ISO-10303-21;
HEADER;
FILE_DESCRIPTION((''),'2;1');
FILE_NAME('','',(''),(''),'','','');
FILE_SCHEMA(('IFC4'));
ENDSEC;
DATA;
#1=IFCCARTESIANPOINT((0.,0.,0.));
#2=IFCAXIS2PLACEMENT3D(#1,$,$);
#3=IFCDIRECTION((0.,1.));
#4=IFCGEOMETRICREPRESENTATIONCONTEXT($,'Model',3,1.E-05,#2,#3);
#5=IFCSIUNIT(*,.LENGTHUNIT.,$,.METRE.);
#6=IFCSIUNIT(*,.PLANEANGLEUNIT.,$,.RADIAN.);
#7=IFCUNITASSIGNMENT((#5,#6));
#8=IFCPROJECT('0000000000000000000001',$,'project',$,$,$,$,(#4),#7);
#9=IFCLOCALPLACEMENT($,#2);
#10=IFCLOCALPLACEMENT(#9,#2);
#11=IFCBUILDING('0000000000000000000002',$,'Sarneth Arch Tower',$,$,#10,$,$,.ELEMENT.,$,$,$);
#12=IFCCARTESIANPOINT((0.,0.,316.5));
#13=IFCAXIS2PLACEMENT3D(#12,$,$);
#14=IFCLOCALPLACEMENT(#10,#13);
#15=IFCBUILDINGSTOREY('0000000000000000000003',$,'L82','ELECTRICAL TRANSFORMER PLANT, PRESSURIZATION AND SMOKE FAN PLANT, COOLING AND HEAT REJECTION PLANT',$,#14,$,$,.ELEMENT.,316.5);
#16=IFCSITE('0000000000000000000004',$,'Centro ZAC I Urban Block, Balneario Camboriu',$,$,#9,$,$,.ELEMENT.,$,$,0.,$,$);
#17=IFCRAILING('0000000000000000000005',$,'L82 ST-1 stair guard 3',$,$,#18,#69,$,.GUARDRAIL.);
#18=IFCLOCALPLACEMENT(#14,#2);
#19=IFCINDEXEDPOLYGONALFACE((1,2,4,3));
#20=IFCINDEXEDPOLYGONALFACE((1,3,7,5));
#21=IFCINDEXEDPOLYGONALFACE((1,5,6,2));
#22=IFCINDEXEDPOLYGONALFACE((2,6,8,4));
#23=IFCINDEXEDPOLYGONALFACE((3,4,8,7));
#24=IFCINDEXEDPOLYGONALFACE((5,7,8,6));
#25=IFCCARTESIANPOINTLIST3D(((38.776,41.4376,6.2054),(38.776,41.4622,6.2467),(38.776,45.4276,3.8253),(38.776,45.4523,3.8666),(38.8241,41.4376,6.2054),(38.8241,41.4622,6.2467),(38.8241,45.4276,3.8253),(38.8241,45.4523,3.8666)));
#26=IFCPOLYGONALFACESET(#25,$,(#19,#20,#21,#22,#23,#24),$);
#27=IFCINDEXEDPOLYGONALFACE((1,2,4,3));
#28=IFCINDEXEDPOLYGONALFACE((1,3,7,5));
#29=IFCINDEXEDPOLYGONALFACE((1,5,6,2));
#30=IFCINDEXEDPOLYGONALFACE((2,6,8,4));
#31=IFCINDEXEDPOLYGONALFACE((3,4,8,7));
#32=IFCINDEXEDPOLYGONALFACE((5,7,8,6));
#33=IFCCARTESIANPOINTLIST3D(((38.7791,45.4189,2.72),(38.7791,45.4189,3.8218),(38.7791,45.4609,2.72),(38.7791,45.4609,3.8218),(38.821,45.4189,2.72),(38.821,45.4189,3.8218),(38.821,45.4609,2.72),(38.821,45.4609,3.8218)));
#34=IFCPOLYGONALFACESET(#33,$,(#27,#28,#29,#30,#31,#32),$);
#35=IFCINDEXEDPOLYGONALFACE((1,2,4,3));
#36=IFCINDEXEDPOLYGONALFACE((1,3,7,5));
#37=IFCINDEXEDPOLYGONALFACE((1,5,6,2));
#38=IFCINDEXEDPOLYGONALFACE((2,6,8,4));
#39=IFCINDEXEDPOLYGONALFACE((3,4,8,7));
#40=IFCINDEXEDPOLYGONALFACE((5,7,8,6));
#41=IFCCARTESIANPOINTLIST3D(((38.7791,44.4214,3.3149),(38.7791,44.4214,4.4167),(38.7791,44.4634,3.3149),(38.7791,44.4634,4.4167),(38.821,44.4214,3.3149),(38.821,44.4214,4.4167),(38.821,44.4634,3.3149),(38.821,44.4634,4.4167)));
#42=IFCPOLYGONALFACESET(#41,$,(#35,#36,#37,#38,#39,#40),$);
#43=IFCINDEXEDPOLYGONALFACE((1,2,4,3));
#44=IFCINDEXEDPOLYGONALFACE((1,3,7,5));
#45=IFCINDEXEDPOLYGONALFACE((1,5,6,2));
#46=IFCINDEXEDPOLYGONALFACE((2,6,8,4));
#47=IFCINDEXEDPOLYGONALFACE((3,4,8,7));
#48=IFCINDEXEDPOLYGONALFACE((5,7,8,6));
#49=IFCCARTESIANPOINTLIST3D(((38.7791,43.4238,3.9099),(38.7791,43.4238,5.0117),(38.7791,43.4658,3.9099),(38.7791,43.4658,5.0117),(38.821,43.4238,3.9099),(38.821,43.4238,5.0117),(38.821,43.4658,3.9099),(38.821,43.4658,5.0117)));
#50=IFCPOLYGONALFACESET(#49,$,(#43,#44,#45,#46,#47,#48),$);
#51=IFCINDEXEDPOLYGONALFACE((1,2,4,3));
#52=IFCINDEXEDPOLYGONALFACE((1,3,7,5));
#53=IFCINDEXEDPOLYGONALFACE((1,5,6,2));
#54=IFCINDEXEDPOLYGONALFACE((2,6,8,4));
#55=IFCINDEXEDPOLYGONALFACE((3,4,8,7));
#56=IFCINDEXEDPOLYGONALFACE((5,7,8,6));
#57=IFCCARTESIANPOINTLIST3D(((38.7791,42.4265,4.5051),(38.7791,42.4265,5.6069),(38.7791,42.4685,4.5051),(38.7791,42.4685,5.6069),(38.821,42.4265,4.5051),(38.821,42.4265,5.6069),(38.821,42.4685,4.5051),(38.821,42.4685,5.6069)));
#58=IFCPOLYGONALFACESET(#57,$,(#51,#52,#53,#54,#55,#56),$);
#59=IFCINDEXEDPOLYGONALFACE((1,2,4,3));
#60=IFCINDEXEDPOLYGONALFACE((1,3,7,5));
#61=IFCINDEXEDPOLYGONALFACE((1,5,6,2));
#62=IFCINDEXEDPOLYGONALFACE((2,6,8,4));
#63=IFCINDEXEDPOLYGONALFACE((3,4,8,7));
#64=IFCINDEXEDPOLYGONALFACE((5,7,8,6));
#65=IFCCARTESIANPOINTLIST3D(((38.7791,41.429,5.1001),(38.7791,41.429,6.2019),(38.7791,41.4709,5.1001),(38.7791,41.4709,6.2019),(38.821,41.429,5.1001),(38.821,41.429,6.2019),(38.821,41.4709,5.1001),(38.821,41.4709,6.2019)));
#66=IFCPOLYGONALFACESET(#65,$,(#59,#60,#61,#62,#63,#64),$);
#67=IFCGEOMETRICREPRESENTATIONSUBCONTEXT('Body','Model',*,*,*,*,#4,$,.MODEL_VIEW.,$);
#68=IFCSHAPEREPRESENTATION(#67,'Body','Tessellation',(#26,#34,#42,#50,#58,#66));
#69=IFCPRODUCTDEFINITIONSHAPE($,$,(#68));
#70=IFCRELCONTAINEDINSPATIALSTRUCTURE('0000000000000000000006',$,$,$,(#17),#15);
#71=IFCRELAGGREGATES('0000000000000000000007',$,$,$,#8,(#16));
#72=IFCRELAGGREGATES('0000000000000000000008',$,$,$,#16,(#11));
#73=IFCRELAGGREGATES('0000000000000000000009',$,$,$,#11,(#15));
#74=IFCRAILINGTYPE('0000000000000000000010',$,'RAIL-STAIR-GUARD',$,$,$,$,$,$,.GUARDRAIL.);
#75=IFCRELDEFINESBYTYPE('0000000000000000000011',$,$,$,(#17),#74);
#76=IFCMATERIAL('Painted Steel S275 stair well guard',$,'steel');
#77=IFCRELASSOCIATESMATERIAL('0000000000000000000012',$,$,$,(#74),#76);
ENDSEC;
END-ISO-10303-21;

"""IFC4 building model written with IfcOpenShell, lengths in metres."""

from ifc_helpers import new_model, si_unit, direction, frame, origin, origin_2d, place, context, subcontext, project, spatial, rectangle, extrude, material, type_object, element, save


model = new_model("IFC4")

# Units and contexts
model_context = context("Model", 3, precision=1e-05, world=origin(), true_north=direction((0.0, 1.0)))
body_context = subcontext(model_context, "Body", "Model", "MODEL_VIEW")
ifc_project = project(units=[si_unit("LENGTHUNIT", "METRE"), si_unit("PLANEANGLEUNIT", "RADIAN")], contexts=[model_context])

# Site, building, storey
site_placement = place(None, origin())
site = spatial("IfcSite", under=ifc_project, at=site_placement, Name="Centro ZAC I Urban Block, Balneario Camboriu", CompositionType="ELEMENT", RefElevation=0.0)
building_placement = place(site_placement, origin())
building = spatial("IfcBuilding", under=site, at=building_placement, Name="Sarneth Arch Tower", CompositionType="ELEMENT")
storey_placement = place(building_placement, frame((0.0, 0.0, 316.5)))
storey = spatial("IfcBuildingStorey", under=building, at=storey_placement, Name="L82", Description="ELECTRICAL TRANSFORMER PLANT, PRESSURIZATION AND SMOKE FAN PLANT, COOLING AND HEAT REJECTION PLANT", CompositionType="ELEMENT", Elevation=316.5)

# Railing
ifc_material_1 = material(Name="Painted Steel S275 stair well guard", Category="steel")
railing_type_1 = type_object("IfcRailingType", Name="RAIL-STAIR-GUARD", PredefinedType="GUARDRAIL", material=ifc_material_1)
railing_1_placement = place(storey_placement, frame((38.8, 45.4399, 2.72)))
element("IfcRailing", 1, at=railing_1_placement, inside=storey, type_object=railing_type_1, Name="L82 ST-1 stair guard 3", PredefinedType="GUARDRAIL", context=body_context, shape_type="SweptSolid", body=[
    extrude(rectangle(XDim=0.0481, YDim=0.0481, at=origin_2d()), frame((0.0, 0.0, 1.126), z_axis=(0.0, -0.858807, 0.512299), x_axis=(1.0, 0.0, 0.0)), (0.0, 0.0, 1.0), 4.646),
    extrude(rectangle(XDim=0.042, YDim=0.042, at=origin_2d()), origin(), (0.0, 0.0, 1.0), 1.1018),
    extrude(rectangle(XDim=0.042, YDim=0.042, at=origin_2d()), frame((0.0, -0.9976, 0.595)), (0.0, 0.0, 1.0), 1.1018),
    extrude(rectangle(XDim=0.042, YDim=0.042, at=origin_2d()), frame((0.0, -1.9951, 1.1899)), (0.0, 0.0, 1.0), 1.1018),
    extrude(rectangle(XDim=0.042, YDim=0.042, at=origin_2d()), frame((0.0, -2.9924, 1.7852)), (0.0, 0.0, 1.0), 1.1018),
    extrude(rectangle(XDim=0.042, YDim=0.042, at=origin_2d()), frame((0.0, -3.99, 2.3801)), (0.0, 0.0, 1.0), 1.1018),
])

save(model, "model.ifc")
